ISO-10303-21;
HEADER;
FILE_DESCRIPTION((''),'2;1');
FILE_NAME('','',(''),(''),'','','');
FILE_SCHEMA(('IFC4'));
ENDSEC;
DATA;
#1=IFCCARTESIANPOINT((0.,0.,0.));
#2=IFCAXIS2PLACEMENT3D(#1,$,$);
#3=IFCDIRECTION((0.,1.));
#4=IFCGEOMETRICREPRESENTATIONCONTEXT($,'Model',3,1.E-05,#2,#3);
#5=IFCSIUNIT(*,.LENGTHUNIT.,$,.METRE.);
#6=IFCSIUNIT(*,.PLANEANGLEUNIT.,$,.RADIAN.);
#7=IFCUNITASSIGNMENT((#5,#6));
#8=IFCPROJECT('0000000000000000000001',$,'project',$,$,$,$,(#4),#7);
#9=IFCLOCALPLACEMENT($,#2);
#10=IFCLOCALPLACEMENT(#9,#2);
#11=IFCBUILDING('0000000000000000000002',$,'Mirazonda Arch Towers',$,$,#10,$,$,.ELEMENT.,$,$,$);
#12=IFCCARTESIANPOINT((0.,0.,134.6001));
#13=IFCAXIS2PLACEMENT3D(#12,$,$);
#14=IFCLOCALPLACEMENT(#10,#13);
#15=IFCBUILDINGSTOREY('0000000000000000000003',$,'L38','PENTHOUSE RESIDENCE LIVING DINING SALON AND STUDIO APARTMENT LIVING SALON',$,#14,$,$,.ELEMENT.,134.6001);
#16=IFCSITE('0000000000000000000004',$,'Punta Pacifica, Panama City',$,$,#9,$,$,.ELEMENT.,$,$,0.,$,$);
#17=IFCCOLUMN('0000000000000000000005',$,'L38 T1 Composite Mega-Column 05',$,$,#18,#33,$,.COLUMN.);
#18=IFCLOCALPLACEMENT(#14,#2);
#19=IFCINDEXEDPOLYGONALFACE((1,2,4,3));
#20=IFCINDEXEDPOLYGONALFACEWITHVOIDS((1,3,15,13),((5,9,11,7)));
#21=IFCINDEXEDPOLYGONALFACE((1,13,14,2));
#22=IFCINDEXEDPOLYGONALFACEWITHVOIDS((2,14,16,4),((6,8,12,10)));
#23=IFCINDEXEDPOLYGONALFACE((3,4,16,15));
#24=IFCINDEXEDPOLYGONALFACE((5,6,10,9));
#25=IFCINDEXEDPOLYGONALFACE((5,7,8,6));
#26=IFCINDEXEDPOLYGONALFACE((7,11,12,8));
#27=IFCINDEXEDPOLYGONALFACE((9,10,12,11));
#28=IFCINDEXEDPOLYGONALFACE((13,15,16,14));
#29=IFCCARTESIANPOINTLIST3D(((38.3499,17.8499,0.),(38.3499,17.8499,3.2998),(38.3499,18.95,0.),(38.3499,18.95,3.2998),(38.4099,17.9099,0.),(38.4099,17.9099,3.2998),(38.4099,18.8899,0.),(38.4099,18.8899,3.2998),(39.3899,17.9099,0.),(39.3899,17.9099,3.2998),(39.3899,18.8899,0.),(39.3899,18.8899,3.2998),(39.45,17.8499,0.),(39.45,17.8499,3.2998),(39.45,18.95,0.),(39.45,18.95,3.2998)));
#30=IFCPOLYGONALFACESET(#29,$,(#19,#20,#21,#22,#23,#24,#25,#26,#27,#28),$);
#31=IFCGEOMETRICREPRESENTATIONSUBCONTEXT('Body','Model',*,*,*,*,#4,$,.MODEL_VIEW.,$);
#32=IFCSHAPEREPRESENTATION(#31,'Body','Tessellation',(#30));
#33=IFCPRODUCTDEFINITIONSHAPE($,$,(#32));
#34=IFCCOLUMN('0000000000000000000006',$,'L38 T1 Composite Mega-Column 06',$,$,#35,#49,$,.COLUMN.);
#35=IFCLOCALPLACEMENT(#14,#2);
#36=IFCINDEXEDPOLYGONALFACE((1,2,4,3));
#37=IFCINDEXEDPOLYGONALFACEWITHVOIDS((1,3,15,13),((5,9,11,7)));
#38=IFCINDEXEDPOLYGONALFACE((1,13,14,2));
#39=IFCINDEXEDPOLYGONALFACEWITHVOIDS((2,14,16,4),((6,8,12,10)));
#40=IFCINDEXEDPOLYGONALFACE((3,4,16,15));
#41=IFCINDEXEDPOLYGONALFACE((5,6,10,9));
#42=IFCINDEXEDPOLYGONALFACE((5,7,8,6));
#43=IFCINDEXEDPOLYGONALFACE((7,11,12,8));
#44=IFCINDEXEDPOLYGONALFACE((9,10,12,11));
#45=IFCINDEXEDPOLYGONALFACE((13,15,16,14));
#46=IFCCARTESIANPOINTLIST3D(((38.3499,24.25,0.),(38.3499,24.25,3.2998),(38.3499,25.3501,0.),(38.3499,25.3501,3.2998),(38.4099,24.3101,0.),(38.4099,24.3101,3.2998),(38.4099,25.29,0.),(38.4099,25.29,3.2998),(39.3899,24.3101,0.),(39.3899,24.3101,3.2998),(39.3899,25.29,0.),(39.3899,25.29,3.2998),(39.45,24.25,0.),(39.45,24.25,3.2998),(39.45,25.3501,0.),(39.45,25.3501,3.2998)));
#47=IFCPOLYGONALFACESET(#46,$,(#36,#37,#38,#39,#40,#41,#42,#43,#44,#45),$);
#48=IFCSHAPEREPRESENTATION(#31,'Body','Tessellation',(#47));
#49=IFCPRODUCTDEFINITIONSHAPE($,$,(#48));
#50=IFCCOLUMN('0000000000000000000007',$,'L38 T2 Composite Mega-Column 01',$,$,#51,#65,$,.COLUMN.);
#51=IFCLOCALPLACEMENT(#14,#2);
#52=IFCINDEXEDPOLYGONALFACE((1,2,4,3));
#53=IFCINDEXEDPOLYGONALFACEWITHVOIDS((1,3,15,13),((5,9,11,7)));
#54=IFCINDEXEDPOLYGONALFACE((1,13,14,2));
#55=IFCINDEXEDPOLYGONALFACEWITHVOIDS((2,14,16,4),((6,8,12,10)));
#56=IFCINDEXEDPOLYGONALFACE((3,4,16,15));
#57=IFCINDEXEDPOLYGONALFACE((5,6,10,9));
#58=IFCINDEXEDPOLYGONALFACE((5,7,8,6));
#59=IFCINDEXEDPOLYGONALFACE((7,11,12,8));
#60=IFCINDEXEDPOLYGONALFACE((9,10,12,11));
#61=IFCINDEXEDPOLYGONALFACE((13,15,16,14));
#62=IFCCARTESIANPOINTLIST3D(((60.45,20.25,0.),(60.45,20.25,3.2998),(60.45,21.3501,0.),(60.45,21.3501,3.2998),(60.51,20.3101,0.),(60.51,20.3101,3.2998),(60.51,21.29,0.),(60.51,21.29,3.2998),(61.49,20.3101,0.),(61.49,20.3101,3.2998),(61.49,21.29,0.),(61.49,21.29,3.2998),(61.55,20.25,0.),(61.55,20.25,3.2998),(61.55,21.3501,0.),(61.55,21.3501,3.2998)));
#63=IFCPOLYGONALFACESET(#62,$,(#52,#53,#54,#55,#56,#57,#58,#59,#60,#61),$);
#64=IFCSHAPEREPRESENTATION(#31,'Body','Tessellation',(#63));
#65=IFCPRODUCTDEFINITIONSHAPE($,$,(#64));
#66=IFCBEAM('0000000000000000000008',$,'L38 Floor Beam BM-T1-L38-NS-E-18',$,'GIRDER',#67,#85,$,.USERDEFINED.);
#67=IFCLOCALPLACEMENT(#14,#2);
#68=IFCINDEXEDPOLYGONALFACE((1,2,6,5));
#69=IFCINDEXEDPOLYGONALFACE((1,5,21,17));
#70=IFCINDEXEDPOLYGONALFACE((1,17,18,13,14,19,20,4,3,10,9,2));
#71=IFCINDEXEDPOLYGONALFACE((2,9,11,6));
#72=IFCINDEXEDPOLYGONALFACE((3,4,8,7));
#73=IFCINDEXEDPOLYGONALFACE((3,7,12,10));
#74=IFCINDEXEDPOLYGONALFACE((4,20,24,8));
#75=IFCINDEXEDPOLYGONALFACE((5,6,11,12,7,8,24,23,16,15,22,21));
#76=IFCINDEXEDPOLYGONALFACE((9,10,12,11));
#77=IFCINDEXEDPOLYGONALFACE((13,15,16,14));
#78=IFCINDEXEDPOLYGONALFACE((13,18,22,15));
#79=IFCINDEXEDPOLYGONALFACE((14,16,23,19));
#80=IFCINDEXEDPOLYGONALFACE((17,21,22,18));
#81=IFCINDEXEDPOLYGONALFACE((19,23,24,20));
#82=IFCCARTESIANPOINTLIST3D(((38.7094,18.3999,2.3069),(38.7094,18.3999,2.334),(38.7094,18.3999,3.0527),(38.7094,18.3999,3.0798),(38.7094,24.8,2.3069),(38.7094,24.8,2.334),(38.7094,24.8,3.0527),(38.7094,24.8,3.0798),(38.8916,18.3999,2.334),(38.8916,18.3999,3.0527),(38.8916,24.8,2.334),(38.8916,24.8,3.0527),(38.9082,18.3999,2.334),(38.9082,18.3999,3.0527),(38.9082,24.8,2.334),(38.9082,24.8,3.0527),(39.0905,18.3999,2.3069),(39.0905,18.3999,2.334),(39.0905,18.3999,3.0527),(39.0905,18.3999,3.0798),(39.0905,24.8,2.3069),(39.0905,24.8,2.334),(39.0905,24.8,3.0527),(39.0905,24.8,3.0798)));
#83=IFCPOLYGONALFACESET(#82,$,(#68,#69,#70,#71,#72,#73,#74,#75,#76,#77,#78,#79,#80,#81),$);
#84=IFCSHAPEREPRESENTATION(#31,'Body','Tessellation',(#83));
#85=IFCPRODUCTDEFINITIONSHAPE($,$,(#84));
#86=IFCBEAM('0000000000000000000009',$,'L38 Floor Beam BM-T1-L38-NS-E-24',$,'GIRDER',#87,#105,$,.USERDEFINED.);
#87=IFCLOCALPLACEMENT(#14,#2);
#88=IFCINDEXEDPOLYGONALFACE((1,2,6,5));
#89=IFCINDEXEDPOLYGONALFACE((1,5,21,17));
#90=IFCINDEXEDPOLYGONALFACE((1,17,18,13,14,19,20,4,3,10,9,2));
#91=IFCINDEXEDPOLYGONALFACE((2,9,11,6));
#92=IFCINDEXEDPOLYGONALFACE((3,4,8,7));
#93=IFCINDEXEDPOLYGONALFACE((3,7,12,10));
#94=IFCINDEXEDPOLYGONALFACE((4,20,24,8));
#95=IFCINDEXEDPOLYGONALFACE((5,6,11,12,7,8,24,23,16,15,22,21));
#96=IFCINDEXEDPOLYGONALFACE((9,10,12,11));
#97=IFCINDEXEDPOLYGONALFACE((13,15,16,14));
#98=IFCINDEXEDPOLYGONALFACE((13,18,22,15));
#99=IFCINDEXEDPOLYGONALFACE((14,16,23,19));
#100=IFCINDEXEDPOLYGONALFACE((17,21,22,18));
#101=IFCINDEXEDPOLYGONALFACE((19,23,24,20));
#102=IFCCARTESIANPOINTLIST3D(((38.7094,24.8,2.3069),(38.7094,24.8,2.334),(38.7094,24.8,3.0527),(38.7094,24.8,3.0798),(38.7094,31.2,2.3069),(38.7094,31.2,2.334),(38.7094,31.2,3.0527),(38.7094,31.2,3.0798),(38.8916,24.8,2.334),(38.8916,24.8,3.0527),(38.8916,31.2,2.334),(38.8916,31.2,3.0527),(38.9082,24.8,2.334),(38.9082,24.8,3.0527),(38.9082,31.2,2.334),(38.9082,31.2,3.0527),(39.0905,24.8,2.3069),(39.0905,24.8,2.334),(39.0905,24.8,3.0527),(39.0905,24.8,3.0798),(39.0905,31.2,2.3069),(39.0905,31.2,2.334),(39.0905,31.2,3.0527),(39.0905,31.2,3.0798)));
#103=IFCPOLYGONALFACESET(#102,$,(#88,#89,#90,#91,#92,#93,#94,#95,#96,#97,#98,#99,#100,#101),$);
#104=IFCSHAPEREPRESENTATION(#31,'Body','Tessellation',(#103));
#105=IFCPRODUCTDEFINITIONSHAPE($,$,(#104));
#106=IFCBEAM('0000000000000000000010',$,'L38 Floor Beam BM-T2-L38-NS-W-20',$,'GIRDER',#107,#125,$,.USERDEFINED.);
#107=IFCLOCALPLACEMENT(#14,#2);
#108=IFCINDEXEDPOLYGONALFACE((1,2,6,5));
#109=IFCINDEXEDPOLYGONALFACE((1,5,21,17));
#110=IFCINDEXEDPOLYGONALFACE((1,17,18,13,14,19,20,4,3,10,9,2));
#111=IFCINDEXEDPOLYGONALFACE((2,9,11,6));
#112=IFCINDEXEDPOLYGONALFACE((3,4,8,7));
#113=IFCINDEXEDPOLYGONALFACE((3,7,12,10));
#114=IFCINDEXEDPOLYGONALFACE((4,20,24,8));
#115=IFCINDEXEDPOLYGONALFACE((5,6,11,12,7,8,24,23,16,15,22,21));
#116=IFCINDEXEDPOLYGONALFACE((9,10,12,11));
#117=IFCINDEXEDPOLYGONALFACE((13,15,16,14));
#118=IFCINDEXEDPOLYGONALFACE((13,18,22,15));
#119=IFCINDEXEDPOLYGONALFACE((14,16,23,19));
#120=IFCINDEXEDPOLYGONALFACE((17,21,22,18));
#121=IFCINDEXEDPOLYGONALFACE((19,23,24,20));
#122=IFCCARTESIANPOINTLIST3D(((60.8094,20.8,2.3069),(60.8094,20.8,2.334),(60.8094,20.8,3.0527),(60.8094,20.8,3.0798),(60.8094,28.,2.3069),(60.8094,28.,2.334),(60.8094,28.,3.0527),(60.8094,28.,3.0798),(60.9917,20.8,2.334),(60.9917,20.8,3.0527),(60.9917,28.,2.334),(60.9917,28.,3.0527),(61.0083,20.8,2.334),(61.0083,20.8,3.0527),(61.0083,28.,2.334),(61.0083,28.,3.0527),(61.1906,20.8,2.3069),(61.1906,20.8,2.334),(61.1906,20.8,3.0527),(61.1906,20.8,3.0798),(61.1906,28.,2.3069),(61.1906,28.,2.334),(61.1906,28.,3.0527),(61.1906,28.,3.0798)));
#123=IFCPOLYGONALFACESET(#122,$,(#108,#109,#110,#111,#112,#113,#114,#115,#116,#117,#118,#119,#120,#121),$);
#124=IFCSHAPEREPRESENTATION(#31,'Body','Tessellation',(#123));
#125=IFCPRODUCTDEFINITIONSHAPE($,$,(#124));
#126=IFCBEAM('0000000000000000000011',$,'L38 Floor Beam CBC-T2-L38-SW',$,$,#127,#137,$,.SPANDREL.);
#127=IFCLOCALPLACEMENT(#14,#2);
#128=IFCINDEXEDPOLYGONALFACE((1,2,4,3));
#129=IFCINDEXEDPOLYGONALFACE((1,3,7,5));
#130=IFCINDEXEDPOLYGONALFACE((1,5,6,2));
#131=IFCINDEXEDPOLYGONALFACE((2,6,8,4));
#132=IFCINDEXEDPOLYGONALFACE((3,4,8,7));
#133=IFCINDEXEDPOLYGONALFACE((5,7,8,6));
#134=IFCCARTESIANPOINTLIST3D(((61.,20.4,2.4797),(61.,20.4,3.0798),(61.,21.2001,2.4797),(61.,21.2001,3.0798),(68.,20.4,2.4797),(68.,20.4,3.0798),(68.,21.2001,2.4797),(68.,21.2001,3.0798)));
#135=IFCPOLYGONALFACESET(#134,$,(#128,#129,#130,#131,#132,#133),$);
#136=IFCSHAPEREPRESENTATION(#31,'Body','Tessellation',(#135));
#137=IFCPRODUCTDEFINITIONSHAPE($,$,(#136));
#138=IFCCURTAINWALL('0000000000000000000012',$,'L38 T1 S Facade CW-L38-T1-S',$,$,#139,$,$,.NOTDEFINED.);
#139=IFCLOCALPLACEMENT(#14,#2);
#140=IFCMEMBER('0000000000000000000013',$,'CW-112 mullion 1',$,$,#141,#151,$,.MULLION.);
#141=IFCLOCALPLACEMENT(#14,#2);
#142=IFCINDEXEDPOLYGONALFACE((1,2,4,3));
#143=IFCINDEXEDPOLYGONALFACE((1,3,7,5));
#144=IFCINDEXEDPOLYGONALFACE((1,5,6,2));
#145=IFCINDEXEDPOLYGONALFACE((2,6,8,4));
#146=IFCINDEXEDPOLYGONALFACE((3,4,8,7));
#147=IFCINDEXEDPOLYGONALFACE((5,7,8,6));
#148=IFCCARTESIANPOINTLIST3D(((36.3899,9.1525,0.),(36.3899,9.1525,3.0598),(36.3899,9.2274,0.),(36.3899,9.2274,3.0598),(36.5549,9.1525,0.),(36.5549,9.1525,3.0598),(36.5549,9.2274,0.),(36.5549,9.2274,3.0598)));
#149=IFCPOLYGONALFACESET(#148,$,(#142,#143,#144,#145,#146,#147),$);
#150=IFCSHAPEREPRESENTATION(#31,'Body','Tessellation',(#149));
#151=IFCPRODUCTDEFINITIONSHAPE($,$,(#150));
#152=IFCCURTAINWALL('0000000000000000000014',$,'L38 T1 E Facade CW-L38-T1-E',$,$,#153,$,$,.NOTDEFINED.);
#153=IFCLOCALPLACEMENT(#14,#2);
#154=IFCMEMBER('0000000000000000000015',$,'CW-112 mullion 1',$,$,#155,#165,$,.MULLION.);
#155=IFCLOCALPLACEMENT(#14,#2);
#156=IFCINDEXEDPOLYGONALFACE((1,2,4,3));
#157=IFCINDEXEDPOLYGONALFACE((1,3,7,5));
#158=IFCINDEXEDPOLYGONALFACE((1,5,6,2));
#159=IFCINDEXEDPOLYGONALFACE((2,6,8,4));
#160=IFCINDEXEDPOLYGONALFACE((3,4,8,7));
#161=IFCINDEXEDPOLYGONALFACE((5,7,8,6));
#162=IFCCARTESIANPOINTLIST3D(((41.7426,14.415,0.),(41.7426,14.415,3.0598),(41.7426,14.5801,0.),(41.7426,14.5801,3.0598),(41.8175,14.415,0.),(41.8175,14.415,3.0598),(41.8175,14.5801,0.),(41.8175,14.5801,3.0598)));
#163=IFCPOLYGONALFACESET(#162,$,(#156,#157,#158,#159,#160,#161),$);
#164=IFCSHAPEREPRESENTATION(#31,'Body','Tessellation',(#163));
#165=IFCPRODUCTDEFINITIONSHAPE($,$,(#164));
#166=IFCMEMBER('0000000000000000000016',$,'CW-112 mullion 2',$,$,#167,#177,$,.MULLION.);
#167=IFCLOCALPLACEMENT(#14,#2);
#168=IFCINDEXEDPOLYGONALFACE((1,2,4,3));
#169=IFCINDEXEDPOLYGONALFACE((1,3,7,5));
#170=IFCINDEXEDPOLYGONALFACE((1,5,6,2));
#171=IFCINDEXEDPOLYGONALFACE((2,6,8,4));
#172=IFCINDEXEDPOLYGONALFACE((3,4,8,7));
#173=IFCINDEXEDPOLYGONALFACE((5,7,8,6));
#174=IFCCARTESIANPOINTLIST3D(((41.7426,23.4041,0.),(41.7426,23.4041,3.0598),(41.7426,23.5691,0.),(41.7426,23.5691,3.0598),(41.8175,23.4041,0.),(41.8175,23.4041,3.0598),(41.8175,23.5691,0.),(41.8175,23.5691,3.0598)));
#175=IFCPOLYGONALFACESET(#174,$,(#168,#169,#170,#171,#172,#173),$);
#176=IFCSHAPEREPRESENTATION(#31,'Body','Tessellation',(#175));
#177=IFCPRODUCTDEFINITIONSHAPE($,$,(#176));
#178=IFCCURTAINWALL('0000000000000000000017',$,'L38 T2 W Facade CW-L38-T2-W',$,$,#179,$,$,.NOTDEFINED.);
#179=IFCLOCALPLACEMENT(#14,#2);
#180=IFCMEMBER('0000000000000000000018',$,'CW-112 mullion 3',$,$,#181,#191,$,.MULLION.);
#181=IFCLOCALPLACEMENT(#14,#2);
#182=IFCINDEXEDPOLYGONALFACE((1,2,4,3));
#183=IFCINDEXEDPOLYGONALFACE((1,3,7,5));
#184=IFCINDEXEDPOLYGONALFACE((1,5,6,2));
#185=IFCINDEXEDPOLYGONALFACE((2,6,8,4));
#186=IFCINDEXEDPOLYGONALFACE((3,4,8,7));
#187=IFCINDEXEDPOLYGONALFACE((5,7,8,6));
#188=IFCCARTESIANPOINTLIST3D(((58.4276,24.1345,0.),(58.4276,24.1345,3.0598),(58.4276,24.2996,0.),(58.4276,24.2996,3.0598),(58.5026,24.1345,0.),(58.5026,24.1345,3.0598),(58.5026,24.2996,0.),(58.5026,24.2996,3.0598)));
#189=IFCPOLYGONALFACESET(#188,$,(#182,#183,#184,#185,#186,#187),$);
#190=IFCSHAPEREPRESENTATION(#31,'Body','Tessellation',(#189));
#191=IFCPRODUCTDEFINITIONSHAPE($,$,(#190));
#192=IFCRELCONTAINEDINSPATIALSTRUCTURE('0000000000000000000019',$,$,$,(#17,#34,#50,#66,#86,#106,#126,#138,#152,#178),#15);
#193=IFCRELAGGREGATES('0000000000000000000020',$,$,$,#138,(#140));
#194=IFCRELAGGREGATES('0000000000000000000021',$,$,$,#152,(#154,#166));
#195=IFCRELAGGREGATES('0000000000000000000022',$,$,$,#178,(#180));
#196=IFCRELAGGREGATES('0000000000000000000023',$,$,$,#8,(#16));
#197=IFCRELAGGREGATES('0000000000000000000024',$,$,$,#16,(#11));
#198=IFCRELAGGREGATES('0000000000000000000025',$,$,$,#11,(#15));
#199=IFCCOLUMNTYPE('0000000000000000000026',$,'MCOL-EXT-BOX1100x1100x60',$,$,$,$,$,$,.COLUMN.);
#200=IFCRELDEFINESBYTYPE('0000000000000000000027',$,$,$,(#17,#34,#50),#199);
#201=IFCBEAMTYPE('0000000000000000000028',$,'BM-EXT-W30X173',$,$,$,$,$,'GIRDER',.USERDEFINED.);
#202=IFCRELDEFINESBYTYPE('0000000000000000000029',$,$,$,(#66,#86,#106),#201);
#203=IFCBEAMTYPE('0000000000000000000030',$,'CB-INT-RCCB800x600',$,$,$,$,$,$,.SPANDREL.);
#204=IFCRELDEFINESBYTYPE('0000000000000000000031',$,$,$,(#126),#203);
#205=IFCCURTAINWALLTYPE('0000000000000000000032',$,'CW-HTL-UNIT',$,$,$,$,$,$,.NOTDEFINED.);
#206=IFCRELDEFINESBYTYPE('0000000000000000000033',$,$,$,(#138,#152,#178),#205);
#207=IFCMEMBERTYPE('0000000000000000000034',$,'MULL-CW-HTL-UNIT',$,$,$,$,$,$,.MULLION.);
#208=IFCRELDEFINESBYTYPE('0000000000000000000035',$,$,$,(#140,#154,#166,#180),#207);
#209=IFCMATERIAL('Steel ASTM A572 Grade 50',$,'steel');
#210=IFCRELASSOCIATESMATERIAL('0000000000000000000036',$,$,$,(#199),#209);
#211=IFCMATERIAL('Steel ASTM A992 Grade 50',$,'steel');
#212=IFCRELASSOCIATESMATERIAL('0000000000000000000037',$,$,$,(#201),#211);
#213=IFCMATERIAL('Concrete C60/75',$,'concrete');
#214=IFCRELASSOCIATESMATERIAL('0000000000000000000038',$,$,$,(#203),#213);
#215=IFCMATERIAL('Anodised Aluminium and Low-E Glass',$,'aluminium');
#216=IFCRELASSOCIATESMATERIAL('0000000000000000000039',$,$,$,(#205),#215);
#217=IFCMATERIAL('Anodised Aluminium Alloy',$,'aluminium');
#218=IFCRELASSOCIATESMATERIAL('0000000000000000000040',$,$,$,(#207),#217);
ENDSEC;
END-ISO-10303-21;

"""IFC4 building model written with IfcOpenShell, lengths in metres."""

from ifc_helpers import new_model, si_unit, direction, frame, origin, origin_2d, place, context, subcontext, project, spatial, rectangle, hollow_rectangle, i_section, extrude, material, material_profile, profile_set, type_object, element, aggregate, save


model = new_model("IFC4")

# Units and contexts
model_context = context("Model", 3, precision=1e-05, world=origin(), true_north=direction((0.0, 1.0)))
body_context = subcontext(model_context, "Body", "Model", "MODEL_VIEW")
ifc_project = project(units=[si_unit("LENGTHUNIT", "METRE"), si_unit("PLANEANGLEUNIT", "RADIAN")], contexts=[model_context])

# Site, building, storey
site_placement = place(None, origin())
site = spatial("IfcSite", under=ifc_project, at=site_placement, Name="Punta Pacifica, Panama City", CompositionType="ELEMENT", RefElevation=0.0)
building_placement = place(site_placement, origin())
building = spatial("IfcBuilding", under=site, at=building_placement, Name="Mirazonda Arch Towers", CompositionType="ELEMENT")
storey_placement = place(building_placement, frame((0.0, 0.0, 134.6001)))
storey = spatial("IfcBuildingStorey", under=building, at=storey_placement, Name="L38", Description="PENTHOUSE RESIDENCE LIVING DINING SALON AND STUDIO APARTMENT LIVING SALON", CompositionType="ELEMENT", Elevation=134.6001)

# Columns
ifc_material_1 = material(Name="Steel ASTM A572 Grade 50", Category="steel")
ifc_material_profile_1 = material_profile(ifc_material_1, hollow_rectangle(XDim=1.1001, YDim=1.1001, WallThickness=0.0601, at=origin_2d()), Name="BOX1100x1100x60")
ifc_profile_set_1 = profile_set([ifc_material_profile_1], Name="Steel ASTM A572 Grade 50")
column_type = type_object("IfcColumnType", Name="MCOL-EXT-BOX1100x1100x60", PredefinedType="COLUMN", material=ifc_profile_set_1)
for number, where, z_axis, x_axis, name in (
    (1, (38.8999, 18.3999, 0.0), (0.0, 0.0, 1.0), (1.0, 0.0, 0.0), "L38 T1 Composite Mega-Column 05"),
    (2, (38.8999, 24.8, 0.0), (0.0, 0.0, 1.0), (1.0, 0.0, 0.0), "L38 T1 Composite Mega-Column 06"),
    (3, (61.0, 20.8, 0.0), (0.0, 0.0, 1.0), (1.0, 0.0, 0.0), "L38 T2 Composite Mega-Column 01"),
):
    element("IfcColumn", number, at=place(storey_placement, frame(where, z_axis=z_axis, x_axis=x_axis)), inside=storey, type_object=column_type, Name=name, PredefinedType="COLUMN", context=body_context, shape_type="SweptSolid", body=[
        extrude(hollow_rectangle(XDim=1.1001, YDim=1.1001, WallThickness=0.0601, at=origin_2d()), origin(), (0.0, 0.0, 1.0), 3.2998),
    ])

# Beams
ifc_material_2 = material(Name="Steel ASTM A992 Grade 50", Category="steel")
ifc_material_profile_2 = material_profile(ifc_material_2, i_section(OverallWidth=0.3811, OverallDepth=0.7729, WebThickness=0.0166, FlangeThickness=0.0271, at=origin_2d()), Name="W30X173")
ifc_profile_set_2 = profile_set([ifc_material_profile_2], Name="Steel ASTM A992 Grade 50")
beam_type_1 = type_object("IfcBeamType", Name="BM-EXT-W30X173", ElementType="GIRDER", PredefinedType="USERDEFINED", material=ifc_profile_set_2)
beam_1_placement = place(storey_placement, frame((38.8999, 18.3999, 2.6934), z_axis=(0.0, 1.0, 0.0), x_axis=(-1.0, 0.0, 0.0)))
element("IfcBeam", 4, at=beam_1_placement, inside=storey, type_object=beam_type_1, Name="L38 Floor Beam BM-T1-L38-NS-E-18", ObjectType="GIRDER", PredefinedType="USERDEFINED", context=body_context, shape_type="SweptSolid", body=[
    extrude(i_section(OverallWidth=0.3811, OverallDepth=0.7729, WebThickness=0.0166, FlangeThickness=0.0271, at=origin_2d()), origin(), (0.0, 0.0, 1.0), 6.4001),
])
beam_2_placement = place(storey_placement, frame((38.8999, 24.8, 2.6934), z_axis=(0.0, 1.0, 0.0), x_axis=(-1.0, 0.0, 0.0)))
element("IfcBeam", 5, at=beam_2_placement, inside=storey, type_object=beam_type_1, Name="L38 Floor Beam BM-T1-L38-NS-E-24", ObjectType="GIRDER", PredefinedType="USERDEFINED", context=body_context, shape_type="SweptSolid", body=[
    extrude(i_section(OverallWidth=0.3811, OverallDepth=0.7729, WebThickness=0.0166, FlangeThickness=0.0271, at=origin_2d()), origin(), (0.0, 0.0, 1.0), 6.3999),
])
beam_3_placement = place(storey_placement, frame((61.0, 20.8, 2.6934), z_axis=(0.0, 1.0, 0.0), x_axis=(-1.0, 0.0, 0.0)))
element("IfcBeam", 6, at=beam_3_placement, inside=storey, type_object=beam_type_1, Name="L38 Floor Beam BM-T2-L38-NS-W-20", ObjectType="GIRDER", PredefinedType="USERDEFINED", context=body_context, shape_type="SweptSolid", body=[
    extrude(i_section(OverallWidth=0.3811, OverallDepth=0.7729, WebThickness=0.0166, FlangeThickness=0.0271, at=origin_2d()), origin(), (0.0, 0.0, 1.0), 7.2),
])
ifc_material_3 = material(Name="Concrete C60/75", Category="concrete")
ifc_material_profile_3 = material_profile(ifc_material_3, rectangle(XDim=0.8, YDim=0.6001, at=origin_2d()), Name="RCCB800x600")
ifc_profile_set_3 = profile_set([ifc_material_profile_3], Name="Concrete C60/75")
beam_type_2 = type_object("IfcBeamType", Name="CB-INT-RCCB800x600", PredefinedType="SPANDREL", material=ifc_profile_set_3)
beam_4_placement = place(storey_placement, frame((61.0, 20.8, 2.7798), z_axis=(1.0, 0.0, 0.0), x_axis=(0.0, 1.0, 0.0)))
element("IfcBeam", 7, at=beam_4_placement, inside=storey, type_object=beam_type_2, Name="L38 Floor Beam CBC-T2-L38-SW", PredefinedType="SPANDREL", context=body_context, shape_type="SweptSolid", body=[
    extrude(rectangle(XDim=0.8, YDim=0.6001, at=origin_2d()), origin(), (0.0, 0.0, 1.0), 7.0),
])

# Curtain wall, member
ifc_material_4 = material(Name="Anodised Aluminium and Low-E Glass", Category="aluminium")
curtain_wall_type = type_object("IfcCurtainWallType", Name="CW-HTL-UNIT", PredefinedType="NOTDEFINED", material=ifc_material_4)
curtain_wall_1_placement = place(storey_placement, origin())
curtain_wall_1 = element("IfcCurtainWall", 8, at=curtain_wall_1_placement, inside=storey, type_object=curtain_wall_type, Name="L38 T1 S Facade CW-L38-T1-S", PredefinedType="NOTDEFINED")
ifc_material_5 = material(Name="Anodised Aluminium Alloy", Category="aluminium")
ifc_material_profile_4 = material_profile(ifc_material_5, rectangle(XDim=0.075, YDim=0.165, at=origin_2d()), Name="ALU-MULL-75x165")
ifc_profile_set_4 = profile_set([ifc_material_profile_4], Name="Anodised Aluminium Alloy")
member_type_1 = type_object("IfcMemberType", Name="MULL-CW-HTL-UNIT", PredefinedType="MULLION", material=ifc_profile_set_4)
member_1_placement = place(storey_placement, frame((36.4724, 9.1899, 0.0), z_axis=(0.0, 0.0, 1.0), x_axis=(0.0, -1.0, 0.0)))
member_1 = element("IfcMember", 9, at=member_1_placement, type_object=member_type_1, Name="CW-112 mullion 1", PredefinedType="MULLION", context=body_context, shape_type="SweptSolid", body=[
    extrude(rectangle(XDim=0.075, YDim=0.165, at=origin_2d()), origin(), (0.0, 0.0, 1.0), 3.0598),
])

# Curtain walls, members
curtain_wall_2_placement = place(storey_placement, origin())
curtain_wall_2 = element("IfcCurtainWall", 10, at=curtain_wall_2_placement, inside=storey, type_object=curtain_wall_type, Name="L38 T1 E Facade CW-L38-T1-E", PredefinedType="NOTDEFINED")
member_2_placement = place(storey_placement, frame((41.78, 14.4976, 0.0), z_axis=(0.0, 0.0, 1.0), x_axis=(-1.0, 0.0, 0.0)))
member_2 = element("IfcMember", 11, at=member_2_placement, type_object=member_type_1, Name="CW-112 mullion 1", PredefinedType="MULLION", context=body_context, shape_type="SweptSolid", body=[
    extrude(rectangle(XDim=0.075, YDim=0.165, at=origin_2d()), origin(), (0.0, 0.0, 1.0), 3.0598),
])
member_3_placement = place(storey_placement, frame((41.78, 23.4866, 0.0), z_axis=(0.0, 0.0, 1.0), x_axis=(-1.0, 0.0, 0.0)))
member_3 = element("IfcMember", 12, at=member_3_placement, type_object=member_type_1, Name="CW-112 mullion 2", PredefinedType="MULLION", context=body_context, shape_type="SweptSolid", body=[
    extrude(rectangle(XDim=0.075, YDim=0.165, at=origin_2d()), origin(), (0.0, 0.0, 1.0), 3.0598),
])
curtain_wall_3_placement = place(storey_placement, origin())
curtain_wall_3 = element("IfcCurtainWall", 13, at=curtain_wall_3_placement, inside=storey, type_object=curtain_wall_type, Name="L38 T2 W Facade CW-L38-T2-W", PredefinedType="NOTDEFINED")
member_4_placement = place(storey_placement, frame((58.4651, 24.217, 0.0), z_axis=(0.0, 0.0, 1.0), x_axis=(1.0, 0.0, 0.0)))
member_4 = element("IfcMember", 14, at=member_4_placement, type_object=member_type_1, Name="CW-112 mullion 3", PredefinedType="MULLION", context=body_context, shape_type="SweptSolid", body=[
    extrude(rectangle(XDim=0.075, YDim=0.165, at=origin_2d()), origin(), (0.0, 0.0, 1.0), 3.0598),
])

aggregate(curtain_wall_1, [member_1])

aggregate(curtain_wall_2, [member_2, member_3])
aggregate(curtain_wall_3, [member_4])

save(model, "model.ifc")
